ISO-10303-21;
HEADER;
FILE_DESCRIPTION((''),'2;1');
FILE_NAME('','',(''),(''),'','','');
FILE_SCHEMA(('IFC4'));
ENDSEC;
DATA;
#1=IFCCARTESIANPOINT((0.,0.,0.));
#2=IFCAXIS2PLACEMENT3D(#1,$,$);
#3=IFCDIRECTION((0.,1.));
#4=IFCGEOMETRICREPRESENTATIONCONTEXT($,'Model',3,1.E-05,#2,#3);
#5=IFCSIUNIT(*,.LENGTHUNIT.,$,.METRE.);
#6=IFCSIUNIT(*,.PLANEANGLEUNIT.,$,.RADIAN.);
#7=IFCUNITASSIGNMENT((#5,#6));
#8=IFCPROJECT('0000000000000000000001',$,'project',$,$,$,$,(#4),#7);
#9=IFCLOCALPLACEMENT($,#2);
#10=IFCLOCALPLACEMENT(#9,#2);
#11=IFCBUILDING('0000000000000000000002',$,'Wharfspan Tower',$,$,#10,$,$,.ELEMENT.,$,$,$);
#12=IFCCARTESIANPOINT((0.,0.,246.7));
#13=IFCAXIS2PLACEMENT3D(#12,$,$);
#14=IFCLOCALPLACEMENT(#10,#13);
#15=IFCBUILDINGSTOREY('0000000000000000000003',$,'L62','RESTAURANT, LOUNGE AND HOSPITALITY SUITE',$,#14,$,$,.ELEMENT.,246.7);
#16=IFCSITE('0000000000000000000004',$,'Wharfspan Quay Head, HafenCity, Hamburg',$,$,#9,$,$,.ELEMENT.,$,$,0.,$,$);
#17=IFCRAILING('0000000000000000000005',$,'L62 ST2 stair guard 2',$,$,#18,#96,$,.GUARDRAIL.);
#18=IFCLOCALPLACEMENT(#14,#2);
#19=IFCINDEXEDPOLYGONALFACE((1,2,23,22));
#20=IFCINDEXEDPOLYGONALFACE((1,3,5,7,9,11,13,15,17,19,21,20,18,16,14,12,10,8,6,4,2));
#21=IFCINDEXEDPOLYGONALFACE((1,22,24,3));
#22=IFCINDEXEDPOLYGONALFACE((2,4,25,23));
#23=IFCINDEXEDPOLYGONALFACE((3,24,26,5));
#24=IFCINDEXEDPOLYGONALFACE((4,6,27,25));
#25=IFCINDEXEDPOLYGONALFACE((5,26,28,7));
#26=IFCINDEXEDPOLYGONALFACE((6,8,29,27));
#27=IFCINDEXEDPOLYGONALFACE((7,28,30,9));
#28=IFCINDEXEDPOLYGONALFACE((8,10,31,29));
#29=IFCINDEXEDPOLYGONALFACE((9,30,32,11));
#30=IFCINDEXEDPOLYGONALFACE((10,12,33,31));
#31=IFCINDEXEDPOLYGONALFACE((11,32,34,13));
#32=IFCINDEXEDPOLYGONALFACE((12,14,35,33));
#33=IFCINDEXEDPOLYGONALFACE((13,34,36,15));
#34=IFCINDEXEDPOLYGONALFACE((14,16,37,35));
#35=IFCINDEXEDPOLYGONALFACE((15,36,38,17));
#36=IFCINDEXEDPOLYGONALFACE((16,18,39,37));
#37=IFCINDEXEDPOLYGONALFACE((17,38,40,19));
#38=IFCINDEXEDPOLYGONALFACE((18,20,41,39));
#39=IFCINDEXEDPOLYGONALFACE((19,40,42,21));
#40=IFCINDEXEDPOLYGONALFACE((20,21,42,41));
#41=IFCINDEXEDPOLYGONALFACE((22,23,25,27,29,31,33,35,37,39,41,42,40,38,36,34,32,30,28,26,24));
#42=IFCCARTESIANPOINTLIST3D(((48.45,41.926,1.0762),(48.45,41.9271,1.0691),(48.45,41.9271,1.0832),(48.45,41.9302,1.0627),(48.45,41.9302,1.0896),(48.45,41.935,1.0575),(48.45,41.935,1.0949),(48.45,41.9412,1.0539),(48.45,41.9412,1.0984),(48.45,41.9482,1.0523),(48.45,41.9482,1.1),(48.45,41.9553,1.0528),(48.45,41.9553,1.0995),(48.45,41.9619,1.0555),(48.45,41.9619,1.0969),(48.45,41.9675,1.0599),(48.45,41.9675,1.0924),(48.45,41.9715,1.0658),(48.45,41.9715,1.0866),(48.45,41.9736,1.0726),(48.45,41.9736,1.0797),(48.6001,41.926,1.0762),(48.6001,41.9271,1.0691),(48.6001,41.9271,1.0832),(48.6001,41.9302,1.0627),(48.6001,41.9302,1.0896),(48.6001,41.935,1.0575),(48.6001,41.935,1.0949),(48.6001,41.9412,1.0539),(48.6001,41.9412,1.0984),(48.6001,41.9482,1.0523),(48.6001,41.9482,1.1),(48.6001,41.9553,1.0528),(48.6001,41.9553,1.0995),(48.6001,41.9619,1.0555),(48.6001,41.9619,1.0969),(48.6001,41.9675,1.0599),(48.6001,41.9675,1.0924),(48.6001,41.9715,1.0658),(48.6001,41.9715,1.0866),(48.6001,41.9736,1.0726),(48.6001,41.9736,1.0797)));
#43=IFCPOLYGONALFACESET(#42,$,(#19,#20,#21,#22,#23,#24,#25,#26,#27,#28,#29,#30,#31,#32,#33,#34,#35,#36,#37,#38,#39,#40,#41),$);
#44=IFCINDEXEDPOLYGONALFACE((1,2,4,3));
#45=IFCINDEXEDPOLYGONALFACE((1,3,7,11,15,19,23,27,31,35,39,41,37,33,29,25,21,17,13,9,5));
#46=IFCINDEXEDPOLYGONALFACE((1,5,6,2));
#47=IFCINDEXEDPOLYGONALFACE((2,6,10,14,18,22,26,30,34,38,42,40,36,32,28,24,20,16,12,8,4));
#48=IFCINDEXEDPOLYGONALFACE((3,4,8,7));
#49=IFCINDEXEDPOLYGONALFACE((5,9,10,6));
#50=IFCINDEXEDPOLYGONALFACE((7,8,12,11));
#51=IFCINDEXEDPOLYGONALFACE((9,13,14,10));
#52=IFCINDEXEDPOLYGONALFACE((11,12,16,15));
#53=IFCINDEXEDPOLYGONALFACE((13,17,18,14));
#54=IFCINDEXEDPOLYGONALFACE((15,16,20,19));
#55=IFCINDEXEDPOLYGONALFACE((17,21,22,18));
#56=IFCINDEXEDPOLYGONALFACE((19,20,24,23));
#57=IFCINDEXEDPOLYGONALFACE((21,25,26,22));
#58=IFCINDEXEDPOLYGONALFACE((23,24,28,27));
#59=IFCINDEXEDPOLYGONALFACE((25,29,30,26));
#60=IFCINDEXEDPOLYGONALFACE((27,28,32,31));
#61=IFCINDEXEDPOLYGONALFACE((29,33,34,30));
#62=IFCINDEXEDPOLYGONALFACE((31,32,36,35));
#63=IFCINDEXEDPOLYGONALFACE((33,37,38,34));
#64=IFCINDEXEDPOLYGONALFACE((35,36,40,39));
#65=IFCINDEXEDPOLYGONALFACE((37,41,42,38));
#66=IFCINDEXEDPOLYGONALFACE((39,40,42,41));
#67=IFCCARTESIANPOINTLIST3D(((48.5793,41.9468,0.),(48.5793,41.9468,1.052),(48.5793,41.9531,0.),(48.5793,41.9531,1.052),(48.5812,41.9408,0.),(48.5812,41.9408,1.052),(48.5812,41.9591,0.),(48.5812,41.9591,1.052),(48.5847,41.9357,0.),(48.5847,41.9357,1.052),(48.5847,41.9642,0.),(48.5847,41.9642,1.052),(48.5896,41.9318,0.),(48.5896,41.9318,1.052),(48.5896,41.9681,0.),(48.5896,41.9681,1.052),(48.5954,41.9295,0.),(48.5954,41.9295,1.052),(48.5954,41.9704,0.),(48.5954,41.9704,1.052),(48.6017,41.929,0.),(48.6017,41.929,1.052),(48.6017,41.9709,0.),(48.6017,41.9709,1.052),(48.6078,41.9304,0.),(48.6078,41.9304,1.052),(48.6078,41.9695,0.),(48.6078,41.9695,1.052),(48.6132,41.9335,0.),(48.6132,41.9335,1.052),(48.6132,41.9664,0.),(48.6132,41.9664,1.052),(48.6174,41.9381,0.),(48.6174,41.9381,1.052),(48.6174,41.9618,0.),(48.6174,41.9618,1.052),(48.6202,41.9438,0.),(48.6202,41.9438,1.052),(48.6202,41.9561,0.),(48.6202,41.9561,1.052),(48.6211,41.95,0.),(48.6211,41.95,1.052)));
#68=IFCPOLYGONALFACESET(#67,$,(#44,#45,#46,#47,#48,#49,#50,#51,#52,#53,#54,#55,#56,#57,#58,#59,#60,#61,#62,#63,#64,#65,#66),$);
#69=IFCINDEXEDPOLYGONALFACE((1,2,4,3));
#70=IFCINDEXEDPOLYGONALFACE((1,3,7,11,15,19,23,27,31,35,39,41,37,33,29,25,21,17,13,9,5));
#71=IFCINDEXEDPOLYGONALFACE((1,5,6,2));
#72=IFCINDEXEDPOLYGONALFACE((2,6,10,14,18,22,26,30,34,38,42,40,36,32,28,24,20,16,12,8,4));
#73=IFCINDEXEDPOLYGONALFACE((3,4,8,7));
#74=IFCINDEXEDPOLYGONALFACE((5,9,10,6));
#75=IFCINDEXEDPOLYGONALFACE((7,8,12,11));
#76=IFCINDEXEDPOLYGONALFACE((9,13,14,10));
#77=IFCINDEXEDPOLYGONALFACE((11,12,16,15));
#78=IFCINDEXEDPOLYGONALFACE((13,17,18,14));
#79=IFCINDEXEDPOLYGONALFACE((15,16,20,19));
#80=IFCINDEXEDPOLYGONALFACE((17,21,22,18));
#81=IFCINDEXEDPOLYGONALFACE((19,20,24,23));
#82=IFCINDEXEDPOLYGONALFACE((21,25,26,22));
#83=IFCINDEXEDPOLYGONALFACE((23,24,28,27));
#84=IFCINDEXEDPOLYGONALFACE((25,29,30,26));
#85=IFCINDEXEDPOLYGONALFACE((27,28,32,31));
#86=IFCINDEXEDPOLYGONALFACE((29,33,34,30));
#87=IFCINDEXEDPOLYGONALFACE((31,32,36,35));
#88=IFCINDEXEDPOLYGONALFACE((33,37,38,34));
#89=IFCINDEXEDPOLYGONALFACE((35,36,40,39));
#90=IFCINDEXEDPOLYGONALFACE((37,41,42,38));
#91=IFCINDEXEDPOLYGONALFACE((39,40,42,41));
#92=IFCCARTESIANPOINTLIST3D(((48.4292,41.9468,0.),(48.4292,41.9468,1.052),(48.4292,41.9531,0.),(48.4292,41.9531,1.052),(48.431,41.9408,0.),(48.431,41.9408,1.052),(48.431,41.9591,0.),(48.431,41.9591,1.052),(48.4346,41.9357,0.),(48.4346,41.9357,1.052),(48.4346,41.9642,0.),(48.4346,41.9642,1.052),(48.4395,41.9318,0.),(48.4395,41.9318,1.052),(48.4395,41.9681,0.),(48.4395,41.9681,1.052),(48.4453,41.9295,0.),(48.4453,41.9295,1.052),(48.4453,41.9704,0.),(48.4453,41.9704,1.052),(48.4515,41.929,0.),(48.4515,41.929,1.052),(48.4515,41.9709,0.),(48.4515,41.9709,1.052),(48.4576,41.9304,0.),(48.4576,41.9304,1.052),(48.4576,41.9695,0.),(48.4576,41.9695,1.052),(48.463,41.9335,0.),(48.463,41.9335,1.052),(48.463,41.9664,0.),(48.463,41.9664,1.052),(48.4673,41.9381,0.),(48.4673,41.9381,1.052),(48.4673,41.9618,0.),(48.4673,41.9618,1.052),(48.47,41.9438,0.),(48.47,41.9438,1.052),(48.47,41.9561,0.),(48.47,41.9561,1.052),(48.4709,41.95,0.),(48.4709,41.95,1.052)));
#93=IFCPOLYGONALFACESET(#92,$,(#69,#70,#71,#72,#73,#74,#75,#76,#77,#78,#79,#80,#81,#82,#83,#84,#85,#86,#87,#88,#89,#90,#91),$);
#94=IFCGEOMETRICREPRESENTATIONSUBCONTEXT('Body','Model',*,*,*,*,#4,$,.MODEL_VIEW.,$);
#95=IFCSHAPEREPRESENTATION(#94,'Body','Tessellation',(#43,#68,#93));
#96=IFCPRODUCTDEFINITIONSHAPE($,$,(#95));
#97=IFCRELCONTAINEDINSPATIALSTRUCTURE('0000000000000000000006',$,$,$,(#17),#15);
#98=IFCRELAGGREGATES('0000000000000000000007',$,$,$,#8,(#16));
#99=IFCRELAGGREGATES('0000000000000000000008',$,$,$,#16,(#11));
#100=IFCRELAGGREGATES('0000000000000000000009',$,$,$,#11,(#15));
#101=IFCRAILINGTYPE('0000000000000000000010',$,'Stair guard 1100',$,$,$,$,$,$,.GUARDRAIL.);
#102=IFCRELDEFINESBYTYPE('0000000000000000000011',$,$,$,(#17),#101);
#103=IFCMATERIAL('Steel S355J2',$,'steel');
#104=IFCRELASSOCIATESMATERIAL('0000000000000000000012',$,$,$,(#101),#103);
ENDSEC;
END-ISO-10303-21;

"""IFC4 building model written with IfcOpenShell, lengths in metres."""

from ifc_helpers import new_model, si_unit, direction, frame, origin, origin_2d, place, context, subcontext, project, spatial, circle, extrude, material, type_object, element, save


model = new_model("IFC4")

# Units and contexts
model_context = context("Model", 3, precision=1e-05, world=origin(), true_north=direction((0.0, 1.0)))
body_context = subcontext(model_context, "Body", "Model", "MODEL_VIEW")
ifc_project = project(units=[si_unit("LENGTHUNIT", "METRE"), si_unit("PLANEANGLEUNIT", "RADIAN")], contexts=[model_context])

# Site, building, storey
site_placement = place(None, origin())
site = spatial("IfcSite", under=ifc_project, at=site_placement, Name="Wharfspan Quay Head, HafenCity, Hamburg", CompositionType="ELEMENT", RefElevation=0.0)
building_placement = place(site_placement, origin())
building = spatial("IfcBuilding", under=site, at=building_placement, Name="Wharfspan Tower", CompositionType="ELEMENT")
storey_placement = place(building_placement, frame((0.0, 0.0, 246.7)))
storey = spatial("IfcBuildingStorey", under=building, at=storey_placement, Name="L62", Description="RESTAURANT, LOUNGE AND HOSPITALITY SUITE", CompositionType="ELEMENT", Elevation=246.7)

# Shared definitions
ifc_material_1 = material(Name="Steel S355J2", Category="steel")

# Railing
railing_type_1 = type_object("IfcRailingType", Name="Stair guard 1100", PredefinedType="GUARDRAIL", material=ifc_material_1)
railing_1_placement = place(storey_placement, frame((48.6001, 41.95, 0.0)))
element("IfcRailing", 1, at=railing_1_placement, inside=storey, type_object=railing_type_1, Name="L62 ST2 stair guard 2", PredefinedType="GUARDRAIL", context=body_context, shape_type="SweptSolid", body=[
    extrude(circle(Radius=0.0239, at=origin_2d()), frame((0.0, 0.0, 1.0762), z_axis=(-1.0, 0.0, 0.0), x_axis=(0.0, -1.0, 0.0)), (0.0, 0.0, 1.0), 0.1501),
    extrude(circle(Radius=0.021, at=origin_2d()), origin(), (0.0, 0.0, 1.0), 1.052),
    extrude(circle(Radius=0.021, at=origin_2d()), frame((-0.1501, 0.0, 0.0)), (0.0, 0.0, 1.0), 1.052),
])

save(model, "model.ifc")
